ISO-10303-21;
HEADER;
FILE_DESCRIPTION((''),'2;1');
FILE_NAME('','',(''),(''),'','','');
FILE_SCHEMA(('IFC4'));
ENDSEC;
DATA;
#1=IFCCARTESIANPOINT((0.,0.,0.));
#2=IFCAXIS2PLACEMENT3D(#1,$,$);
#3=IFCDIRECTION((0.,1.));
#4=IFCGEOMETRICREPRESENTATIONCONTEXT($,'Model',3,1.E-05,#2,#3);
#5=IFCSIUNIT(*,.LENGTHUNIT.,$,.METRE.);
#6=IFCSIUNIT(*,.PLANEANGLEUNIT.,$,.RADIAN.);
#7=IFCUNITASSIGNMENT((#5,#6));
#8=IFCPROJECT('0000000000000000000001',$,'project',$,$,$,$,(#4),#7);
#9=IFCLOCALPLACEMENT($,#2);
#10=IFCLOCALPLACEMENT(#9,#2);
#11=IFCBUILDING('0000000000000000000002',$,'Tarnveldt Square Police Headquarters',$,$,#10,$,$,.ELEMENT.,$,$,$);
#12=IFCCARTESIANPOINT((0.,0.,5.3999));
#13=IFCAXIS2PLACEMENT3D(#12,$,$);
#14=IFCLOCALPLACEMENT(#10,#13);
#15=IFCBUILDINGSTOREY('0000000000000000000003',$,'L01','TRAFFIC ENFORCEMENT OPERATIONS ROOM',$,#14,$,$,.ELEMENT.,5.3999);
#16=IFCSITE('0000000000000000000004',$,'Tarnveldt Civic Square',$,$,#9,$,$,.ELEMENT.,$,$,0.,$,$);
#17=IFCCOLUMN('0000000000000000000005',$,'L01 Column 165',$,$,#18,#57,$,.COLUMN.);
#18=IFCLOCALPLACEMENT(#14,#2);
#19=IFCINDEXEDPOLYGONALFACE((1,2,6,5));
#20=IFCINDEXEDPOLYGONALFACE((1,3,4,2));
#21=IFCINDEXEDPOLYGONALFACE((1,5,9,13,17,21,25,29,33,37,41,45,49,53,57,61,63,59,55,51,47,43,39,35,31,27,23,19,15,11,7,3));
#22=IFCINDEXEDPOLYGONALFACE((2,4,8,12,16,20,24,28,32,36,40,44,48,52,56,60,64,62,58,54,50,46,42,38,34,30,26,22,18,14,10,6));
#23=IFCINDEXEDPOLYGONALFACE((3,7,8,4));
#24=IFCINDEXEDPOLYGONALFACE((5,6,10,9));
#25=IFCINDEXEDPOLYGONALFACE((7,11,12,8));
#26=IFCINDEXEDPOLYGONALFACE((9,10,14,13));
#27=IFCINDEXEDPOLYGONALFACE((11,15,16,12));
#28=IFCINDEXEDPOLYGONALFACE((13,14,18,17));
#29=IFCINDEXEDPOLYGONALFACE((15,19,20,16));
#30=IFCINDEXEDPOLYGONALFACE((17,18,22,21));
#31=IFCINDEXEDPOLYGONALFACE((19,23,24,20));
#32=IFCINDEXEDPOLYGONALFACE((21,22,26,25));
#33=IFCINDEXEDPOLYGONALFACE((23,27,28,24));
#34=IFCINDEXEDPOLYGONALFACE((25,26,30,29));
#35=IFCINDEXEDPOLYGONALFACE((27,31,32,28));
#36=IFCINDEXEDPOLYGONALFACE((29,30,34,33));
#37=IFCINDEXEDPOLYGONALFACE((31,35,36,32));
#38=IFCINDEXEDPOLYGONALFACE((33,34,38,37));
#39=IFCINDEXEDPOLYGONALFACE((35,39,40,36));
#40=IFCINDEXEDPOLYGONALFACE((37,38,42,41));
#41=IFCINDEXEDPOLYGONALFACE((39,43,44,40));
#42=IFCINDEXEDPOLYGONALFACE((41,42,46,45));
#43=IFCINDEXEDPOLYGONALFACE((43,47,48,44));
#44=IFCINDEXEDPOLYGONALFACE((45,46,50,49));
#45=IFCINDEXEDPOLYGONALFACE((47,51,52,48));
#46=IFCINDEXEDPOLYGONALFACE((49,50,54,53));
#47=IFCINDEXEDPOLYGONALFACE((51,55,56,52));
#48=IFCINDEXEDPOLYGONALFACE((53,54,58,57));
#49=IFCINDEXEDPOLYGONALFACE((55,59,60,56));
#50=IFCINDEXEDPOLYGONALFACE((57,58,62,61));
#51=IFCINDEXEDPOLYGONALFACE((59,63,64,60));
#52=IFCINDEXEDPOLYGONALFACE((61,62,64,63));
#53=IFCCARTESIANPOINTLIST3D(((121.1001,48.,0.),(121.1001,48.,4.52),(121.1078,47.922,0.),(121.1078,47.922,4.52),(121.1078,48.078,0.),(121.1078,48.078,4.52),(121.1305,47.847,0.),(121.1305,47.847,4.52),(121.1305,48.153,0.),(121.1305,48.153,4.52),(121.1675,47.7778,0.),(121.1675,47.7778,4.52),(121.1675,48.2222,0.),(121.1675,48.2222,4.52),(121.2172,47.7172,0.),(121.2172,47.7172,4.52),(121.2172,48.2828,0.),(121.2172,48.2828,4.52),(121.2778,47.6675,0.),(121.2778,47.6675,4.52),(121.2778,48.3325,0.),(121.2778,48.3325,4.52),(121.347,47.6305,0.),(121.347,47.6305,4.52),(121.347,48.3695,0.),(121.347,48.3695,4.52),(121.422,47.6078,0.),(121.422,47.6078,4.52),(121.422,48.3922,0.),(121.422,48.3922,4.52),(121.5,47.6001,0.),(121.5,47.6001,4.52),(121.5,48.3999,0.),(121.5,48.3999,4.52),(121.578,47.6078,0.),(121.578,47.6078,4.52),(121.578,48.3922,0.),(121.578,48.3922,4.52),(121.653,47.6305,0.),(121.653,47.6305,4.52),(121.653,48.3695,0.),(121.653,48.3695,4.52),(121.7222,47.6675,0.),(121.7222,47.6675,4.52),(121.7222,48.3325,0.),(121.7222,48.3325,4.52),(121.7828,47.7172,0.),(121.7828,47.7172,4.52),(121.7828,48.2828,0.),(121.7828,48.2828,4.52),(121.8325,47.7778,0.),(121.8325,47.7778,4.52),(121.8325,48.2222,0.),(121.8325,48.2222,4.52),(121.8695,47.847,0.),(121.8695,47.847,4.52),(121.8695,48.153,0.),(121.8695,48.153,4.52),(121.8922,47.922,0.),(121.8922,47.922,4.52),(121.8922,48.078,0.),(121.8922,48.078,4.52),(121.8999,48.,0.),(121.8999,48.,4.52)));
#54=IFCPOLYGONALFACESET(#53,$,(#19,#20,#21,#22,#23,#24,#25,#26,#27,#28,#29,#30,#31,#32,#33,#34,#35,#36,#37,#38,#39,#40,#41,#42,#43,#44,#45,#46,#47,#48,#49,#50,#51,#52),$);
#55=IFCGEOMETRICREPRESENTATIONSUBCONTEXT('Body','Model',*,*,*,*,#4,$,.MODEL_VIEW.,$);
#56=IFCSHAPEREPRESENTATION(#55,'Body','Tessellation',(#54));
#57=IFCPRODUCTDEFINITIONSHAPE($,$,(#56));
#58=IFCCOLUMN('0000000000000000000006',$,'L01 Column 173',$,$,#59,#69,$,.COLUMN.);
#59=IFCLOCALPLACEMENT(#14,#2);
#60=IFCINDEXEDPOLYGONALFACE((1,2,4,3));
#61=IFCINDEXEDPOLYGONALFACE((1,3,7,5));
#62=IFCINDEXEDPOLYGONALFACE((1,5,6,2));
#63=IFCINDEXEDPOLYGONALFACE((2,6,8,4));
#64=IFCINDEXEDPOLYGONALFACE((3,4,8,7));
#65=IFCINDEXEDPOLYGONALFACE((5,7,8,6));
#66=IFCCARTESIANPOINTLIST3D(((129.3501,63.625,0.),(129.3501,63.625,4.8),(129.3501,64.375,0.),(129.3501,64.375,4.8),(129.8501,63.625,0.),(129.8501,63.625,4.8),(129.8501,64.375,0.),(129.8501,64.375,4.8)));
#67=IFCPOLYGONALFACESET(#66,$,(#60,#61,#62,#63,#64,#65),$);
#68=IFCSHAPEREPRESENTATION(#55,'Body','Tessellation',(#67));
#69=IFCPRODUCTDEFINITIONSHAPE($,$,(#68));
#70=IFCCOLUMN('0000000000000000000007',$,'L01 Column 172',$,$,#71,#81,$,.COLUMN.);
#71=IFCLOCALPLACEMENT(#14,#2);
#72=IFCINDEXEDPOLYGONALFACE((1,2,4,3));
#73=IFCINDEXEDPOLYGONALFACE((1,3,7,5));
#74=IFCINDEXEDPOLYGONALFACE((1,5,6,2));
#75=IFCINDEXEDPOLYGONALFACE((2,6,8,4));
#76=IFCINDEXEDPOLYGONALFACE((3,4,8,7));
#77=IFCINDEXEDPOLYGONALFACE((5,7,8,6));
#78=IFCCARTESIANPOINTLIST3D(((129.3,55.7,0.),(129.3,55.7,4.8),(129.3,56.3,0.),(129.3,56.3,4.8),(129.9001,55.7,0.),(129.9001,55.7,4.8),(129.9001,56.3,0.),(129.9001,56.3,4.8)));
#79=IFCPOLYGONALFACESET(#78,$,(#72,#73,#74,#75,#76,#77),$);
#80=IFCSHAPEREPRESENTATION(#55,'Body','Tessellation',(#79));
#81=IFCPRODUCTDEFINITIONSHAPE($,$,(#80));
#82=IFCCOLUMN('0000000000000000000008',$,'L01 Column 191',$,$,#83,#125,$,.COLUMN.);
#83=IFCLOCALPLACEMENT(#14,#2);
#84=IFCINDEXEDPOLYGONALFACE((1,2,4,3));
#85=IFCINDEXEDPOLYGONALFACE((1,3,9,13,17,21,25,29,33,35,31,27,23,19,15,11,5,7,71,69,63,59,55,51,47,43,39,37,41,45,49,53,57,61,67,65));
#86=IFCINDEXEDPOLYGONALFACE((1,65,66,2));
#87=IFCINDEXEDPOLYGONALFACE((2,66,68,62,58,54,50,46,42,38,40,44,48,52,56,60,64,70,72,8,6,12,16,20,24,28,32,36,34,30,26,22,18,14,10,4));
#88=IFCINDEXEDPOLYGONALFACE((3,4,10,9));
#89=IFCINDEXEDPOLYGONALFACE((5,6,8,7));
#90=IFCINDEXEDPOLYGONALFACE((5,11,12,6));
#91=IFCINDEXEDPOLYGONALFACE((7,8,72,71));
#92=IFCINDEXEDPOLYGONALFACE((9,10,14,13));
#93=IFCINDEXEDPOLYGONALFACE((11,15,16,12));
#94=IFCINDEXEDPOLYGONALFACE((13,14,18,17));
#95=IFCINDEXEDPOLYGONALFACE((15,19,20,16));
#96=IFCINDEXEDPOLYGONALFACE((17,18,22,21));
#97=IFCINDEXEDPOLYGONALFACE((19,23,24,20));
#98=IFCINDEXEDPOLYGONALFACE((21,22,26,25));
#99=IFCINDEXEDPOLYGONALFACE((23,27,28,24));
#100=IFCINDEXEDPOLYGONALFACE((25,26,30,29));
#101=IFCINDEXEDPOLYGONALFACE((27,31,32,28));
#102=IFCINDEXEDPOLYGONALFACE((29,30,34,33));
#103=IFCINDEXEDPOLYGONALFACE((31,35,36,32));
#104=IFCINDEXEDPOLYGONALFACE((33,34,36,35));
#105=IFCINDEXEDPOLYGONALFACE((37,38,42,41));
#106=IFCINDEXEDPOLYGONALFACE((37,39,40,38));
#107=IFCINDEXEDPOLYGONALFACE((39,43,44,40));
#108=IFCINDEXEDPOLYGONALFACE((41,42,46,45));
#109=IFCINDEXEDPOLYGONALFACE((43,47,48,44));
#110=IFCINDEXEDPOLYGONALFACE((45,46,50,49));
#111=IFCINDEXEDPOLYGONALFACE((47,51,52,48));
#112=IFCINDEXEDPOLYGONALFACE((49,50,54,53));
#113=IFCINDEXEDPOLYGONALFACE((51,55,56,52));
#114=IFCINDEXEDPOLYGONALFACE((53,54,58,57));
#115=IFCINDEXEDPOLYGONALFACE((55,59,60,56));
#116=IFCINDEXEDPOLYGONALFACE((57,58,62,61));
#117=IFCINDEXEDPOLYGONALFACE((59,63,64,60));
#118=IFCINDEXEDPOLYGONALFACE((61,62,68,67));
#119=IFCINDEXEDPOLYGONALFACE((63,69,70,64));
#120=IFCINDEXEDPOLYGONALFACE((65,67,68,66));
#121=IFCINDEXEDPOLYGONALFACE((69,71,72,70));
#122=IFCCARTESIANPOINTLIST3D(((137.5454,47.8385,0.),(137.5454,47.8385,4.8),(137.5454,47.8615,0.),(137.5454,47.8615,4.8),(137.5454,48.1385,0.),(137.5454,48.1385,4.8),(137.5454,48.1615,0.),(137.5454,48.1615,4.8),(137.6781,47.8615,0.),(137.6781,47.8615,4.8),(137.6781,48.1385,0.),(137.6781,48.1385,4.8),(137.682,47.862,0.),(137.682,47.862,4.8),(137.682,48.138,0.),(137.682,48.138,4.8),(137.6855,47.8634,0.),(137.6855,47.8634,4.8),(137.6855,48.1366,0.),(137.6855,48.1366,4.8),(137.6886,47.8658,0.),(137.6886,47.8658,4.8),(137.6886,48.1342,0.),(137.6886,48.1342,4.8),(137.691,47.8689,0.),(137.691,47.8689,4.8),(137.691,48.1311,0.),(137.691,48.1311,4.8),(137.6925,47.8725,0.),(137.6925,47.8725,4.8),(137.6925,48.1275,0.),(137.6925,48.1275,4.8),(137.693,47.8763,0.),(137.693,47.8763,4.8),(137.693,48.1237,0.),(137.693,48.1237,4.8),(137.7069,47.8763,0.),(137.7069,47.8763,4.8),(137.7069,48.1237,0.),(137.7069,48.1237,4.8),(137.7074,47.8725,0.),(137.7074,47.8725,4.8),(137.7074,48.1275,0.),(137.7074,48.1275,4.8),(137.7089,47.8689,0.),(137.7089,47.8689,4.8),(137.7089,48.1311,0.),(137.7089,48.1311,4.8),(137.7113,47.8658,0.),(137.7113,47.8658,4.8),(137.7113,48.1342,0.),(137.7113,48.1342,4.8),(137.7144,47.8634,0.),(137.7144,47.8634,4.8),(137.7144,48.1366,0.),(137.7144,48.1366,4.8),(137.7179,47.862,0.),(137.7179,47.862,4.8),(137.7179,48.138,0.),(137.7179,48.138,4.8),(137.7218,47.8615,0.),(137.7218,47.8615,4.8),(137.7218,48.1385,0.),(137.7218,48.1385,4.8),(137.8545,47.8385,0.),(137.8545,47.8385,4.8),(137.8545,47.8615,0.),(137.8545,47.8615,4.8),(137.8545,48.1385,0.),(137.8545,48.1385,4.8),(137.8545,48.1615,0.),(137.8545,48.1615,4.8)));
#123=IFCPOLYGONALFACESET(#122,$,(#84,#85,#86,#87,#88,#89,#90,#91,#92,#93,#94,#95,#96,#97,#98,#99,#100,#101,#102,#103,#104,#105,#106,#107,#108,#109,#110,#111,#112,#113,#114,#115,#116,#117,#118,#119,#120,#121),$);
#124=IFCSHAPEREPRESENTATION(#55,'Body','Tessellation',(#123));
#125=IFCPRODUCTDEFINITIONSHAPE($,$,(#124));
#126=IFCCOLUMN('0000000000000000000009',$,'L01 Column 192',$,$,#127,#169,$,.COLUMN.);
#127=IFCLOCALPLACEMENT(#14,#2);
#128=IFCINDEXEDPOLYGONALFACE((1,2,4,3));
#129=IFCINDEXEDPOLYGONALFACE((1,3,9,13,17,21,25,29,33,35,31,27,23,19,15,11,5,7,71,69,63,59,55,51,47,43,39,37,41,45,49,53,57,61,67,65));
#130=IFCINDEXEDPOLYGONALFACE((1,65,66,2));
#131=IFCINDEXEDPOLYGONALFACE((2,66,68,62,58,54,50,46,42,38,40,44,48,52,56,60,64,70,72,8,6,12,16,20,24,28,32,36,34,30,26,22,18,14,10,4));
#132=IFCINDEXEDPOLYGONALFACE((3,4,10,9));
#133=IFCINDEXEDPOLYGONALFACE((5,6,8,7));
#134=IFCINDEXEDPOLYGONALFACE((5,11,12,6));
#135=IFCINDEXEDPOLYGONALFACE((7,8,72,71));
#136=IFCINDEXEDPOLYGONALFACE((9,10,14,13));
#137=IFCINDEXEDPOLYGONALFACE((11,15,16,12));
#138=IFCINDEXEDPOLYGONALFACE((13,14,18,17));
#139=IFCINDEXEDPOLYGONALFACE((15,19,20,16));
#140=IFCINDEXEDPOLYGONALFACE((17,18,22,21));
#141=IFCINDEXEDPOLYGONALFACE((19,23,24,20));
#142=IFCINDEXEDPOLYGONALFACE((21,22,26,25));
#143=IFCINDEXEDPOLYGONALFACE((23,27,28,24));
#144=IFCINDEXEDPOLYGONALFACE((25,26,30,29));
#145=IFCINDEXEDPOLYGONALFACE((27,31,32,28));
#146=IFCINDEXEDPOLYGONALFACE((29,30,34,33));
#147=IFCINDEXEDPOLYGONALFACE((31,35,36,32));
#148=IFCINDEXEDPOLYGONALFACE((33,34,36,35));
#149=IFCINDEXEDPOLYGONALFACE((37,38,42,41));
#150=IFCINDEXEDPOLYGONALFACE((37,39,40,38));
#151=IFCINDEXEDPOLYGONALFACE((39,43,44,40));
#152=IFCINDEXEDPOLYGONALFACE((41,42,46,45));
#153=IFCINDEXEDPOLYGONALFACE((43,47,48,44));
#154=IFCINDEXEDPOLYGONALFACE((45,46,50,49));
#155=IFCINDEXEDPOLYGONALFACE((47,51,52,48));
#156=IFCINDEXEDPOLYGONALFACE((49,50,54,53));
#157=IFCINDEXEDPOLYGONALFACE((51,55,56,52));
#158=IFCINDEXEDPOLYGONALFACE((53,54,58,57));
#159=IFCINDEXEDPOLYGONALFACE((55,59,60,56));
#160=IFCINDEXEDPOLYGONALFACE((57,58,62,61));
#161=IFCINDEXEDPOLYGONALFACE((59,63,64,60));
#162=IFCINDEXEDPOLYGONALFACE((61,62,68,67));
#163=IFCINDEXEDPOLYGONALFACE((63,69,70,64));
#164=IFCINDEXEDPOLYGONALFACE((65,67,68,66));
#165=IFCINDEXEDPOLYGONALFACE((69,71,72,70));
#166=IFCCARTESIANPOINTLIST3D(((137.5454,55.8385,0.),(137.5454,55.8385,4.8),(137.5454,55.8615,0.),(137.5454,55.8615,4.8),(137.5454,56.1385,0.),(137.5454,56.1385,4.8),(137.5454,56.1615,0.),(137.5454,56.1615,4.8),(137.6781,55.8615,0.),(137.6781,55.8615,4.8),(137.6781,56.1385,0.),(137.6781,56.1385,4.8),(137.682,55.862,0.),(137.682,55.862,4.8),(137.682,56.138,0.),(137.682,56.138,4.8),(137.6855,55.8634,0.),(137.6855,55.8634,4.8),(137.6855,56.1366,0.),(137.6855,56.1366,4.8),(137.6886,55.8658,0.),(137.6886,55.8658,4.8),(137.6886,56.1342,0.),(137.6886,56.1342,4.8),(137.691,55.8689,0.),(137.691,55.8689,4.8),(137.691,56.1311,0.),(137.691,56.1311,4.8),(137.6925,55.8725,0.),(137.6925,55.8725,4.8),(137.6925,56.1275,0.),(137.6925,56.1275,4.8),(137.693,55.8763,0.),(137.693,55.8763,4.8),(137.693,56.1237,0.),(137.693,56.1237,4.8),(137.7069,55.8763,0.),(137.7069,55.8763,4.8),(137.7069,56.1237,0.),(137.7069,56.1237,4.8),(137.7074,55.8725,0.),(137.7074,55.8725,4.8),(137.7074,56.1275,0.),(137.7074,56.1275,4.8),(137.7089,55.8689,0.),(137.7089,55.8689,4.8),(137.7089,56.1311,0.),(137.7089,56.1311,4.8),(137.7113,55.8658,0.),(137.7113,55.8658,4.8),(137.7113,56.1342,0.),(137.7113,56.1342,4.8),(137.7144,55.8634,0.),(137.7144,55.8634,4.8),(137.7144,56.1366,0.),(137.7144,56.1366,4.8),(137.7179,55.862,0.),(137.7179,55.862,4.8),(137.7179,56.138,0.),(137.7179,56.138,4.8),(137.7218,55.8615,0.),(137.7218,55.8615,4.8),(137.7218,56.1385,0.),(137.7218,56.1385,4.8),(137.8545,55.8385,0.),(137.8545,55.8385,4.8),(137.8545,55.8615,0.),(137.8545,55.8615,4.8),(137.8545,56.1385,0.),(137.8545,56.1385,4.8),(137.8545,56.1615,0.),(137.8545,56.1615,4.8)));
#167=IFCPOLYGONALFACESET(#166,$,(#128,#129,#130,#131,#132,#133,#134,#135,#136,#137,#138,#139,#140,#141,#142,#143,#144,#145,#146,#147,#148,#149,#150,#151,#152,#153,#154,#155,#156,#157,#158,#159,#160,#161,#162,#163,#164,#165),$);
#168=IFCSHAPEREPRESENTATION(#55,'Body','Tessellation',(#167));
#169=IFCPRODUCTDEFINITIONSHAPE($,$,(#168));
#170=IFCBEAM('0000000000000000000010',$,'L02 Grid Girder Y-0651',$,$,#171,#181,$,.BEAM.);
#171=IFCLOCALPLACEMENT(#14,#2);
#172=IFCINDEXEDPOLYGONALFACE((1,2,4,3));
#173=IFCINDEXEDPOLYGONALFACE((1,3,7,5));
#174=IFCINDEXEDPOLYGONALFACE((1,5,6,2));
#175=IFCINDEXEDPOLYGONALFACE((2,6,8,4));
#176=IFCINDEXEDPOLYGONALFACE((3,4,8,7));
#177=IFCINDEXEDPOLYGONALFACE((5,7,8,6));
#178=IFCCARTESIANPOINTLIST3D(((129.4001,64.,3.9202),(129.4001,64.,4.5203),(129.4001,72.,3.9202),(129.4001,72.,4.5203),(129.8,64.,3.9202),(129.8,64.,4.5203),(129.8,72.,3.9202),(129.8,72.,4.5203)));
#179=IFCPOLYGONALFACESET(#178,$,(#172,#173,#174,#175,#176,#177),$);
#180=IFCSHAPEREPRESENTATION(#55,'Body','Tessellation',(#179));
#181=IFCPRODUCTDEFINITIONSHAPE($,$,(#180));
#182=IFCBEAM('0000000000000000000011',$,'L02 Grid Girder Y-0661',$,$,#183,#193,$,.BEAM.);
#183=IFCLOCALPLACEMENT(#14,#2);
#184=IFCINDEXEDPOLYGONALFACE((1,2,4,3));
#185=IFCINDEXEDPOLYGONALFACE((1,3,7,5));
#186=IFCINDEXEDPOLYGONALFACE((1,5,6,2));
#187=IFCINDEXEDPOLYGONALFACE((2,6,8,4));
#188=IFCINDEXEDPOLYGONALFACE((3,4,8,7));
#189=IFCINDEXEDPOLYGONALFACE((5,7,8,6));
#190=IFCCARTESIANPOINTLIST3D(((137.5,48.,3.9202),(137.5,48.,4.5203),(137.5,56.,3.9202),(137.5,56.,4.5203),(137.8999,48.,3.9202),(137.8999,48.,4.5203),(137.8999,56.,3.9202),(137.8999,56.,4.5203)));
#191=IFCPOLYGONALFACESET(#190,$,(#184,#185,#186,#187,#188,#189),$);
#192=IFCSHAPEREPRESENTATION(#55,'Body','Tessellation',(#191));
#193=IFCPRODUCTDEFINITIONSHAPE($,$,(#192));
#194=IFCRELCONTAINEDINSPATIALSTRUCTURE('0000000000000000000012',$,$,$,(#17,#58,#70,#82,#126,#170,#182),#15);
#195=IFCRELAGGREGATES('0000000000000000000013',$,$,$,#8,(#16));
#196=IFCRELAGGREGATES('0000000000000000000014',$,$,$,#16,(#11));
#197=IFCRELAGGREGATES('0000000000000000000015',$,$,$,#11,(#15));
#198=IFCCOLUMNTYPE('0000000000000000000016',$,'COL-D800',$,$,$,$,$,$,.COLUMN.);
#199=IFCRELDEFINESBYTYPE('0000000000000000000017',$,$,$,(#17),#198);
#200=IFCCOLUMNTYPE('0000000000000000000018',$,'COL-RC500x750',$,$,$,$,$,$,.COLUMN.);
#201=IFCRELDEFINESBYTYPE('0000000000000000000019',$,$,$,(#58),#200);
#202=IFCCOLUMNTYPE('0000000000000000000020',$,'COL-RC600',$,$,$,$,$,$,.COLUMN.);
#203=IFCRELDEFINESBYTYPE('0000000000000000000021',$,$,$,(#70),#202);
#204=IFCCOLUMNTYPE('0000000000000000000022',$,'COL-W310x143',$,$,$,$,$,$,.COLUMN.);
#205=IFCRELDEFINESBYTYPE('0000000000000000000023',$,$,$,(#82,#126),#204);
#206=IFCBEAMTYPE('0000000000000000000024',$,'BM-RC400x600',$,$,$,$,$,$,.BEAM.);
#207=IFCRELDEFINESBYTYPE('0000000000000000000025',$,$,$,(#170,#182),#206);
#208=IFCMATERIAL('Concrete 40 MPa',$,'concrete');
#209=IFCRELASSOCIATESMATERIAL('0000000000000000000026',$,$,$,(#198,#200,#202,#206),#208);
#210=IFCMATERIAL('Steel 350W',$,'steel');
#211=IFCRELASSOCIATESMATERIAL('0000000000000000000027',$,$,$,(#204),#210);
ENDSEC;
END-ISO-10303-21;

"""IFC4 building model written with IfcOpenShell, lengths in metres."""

from ifc_helpers import new_model, si_unit, direction, frame, origin, origin_2d, place, context, subcontext, project, spatial, rectangle, circle, i_section, extrude, material, material_profile, profile_set, type_object, element, save


model = new_model("IFC4")

# Units and contexts
model_context = context("Model", 3, precision=1e-05, world=origin(), true_north=direction((0.0, 1.0)))
body_context = subcontext(model_context, "Body", "Model", "MODEL_VIEW")
ifc_project = project(units=[si_unit("LENGTHUNIT", "METRE"), si_unit("PLANEANGLEUNIT", "RADIAN")], contexts=[model_context])

# Site, building, storey
site_placement = place(None, origin())
site = spatial("IfcSite", under=ifc_project, at=site_placement, Name="Tarnveldt Civic Square", CompositionType="ELEMENT", RefElevation=0.0)
building_placement = place(site_placement, origin())
building = spatial("IfcBuilding", under=site, at=building_placement, Name="Tarnveldt Square Police Headquarters", CompositionType="ELEMENT")
storey_placement = place(building_placement, frame((0.0, 0.0, 5.3999)))
storey = spatial("IfcBuildingStorey", under=building, at=storey_placement, Name="L01", Description="TRAFFIC ENFORCEMENT OPERATIONS ROOM", CompositionType="ELEMENT", Elevation=5.3999)

# Columns
ifc_material_1 = material(Name="Concrete 40 MPa", Category="concrete")
ifc_material_profile_1 = material_profile(ifc_material_1, circle(Radius=0.3999, at=origin_2d()), Name="RC-D800")
ifc_profile_set_1 = profile_set([ifc_material_profile_1], Name="Concrete 40 MPa")
column_type_1 = type_object("IfcColumnType", Name="COL-D800", PredefinedType="COLUMN", material=ifc_profile_set_1)
column_1_placement = place(storey_placement, frame((121.5, 48.0, 0.0), z_axis=(0.0, 0.0, 1.0), x_axis=(1.0, 0.0, 0.0)))
element("IfcColumn", 1, at=column_1_placement, inside=storey, type_object=column_type_1, Name="L01 Column 165", PredefinedType="COLUMN", context=body_context, shape_type="SweptSolid", body=[
    extrude(circle(Radius=0.3999, at=origin_2d()), origin(), (0.0, 0.0, 1.0), 4.52),
])
ifc_material_profile_2 = material_profile(ifc_material_1, rectangle(XDim=0.5, YDim=0.75, at=origin_2d()), Name="RC-C500x750")
ifc_profile_set_2 = profile_set([ifc_material_profile_2], Name="Concrete 40 MPa")
column_type_2 = type_object("IfcColumnType", Name="COL-RC500x750", PredefinedType="COLUMN", material=ifc_profile_set_2)
column_2_placement = place(storey_placement, frame((129.6001, 64.0, 0.0), z_axis=(0.0, 0.0, 1.0), x_axis=(1.0, 0.0, 0.0)))
element("IfcColumn", 2, at=column_2_placement, inside=storey, type_object=column_type_2, Name="L01 Column 173", PredefinedType="COLUMN", context=body_context, shape_type="SweptSolid", body=[
    extrude(rectangle(XDim=0.5, YDim=0.75, at=origin_2d()), origin(), (0.0, 0.0, 1.0), 4.8),
])
ifc_material_profile_3 = material_profile(ifc_material_1, rectangle(XDim=0.6001, YDim=0.6001, at=origin_2d()), Name="RC-C600x600")
ifc_profile_set_3 = profile_set([ifc_material_profile_3], Name="Concrete 40 MPa")
column_type_3 = type_object("IfcColumnType", Name="COL-RC600", PredefinedType="COLUMN", material=ifc_profile_set_3)
column_3_placement = place(storey_placement, frame((129.6001, 56.0, 0.0), z_axis=(0.0, 0.0, 1.0), x_axis=(1.0, 0.0, 0.0)))
element("IfcColumn", 3, at=column_3_placement, inside=storey, type_object=column_type_3, Name="L01 Column 172", PredefinedType="COLUMN", context=body_context, shape_type="SweptSolid", body=[
    extrude(rectangle(XDim=0.6001, YDim=0.6001, at=origin_2d()), origin(), (0.0, 0.0, 1.0), 4.8),
])
ifc_material_2 = material(Name="Steel 350W", Category="steel")
ifc_material_profile_4 = material_profile(ifc_material_2, i_section(OverallWidth=0.3091, OverallDepth=0.323, WebThickness=0.0139, FlangeThickness=0.0229, FilletRadius=0.0149, at=origin_2d()), Name="W310x143")
ifc_profile_set_4 = profile_set([ifc_material_profile_4], Name="Steel 350W")
column_type_4 = type_object("IfcColumnType", Name="COL-W310x143", PredefinedType="COLUMN", material=ifc_profile_set_4)
for number, where, z_axis, x_axis, name in (
    (4, (137.7, 48.0, 0.0), (0.0, 0.0, 1.0), (1.0, 0.0, 0.0), "L01 Column 191"),
    (5, (137.7, 56.0, 0.0), (0.0, 0.0, 1.0), (1.0, 0.0, 0.0), "L01 Column 192"),
):
    element("IfcColumn", number, at=place(storey_placement, frame(where, z_axis=z_axis, x_axis=x_axis)), inside=storey, type_object=column_type_4, Name=name, PredefinedType="COLUMN", context=body_context, shape_type="SweptSolid", body=[
        extrude(i_section(OverallWidth=0.3091, OverallDepth=0.323, WebThickness=0.0139, FlangeThickness=0.0229, FilletRadius=0.0149, at=origin_2d()), origin(), (0.0, 0.0, 1.0), 4.8),
    ])

# Beams
ifc_material_profile_5 = material_profile(ifc_material_1, rectangle(XDim=0.3999, YDim=0.6001, at=origin_2d()), Name="RC-B400x600")
ifc_profile_set_5 = profile_set([ifc_material_profile_5], Name="Concrete 40 MPa")
beam_type_1 = type_object("IfcBeamType", Name="BM-RC400x600", PredefinedType="BEAM", material=ifc_profile_set_5)
for number, where, z_axis, x_axis, name in (
    (6, (129.6001, 64.0, 4.2202), (0.0, 1.0, 0.0), (-1.0, 0.0, 0.0), "L02 Grid Girder Y-0651"),
    (7, (137.7, 48.0, 4.2202), (0.0, 1.0, 0.0), (-1.0, 0.0, 0.0), "L02 Grid Girder Y-0661"),
):
    element("IfcBeam", number, at=place(storey_placement, frame(where, z_axis=z_axis, x_axis=x_axis)), inside=storey, type_object=beam_type_1, Name=name, PredefinedType="BEAM", context=body_context, shape_type="SweptSolid", body=[
        extrude(rectangle(XDim=0.3999, YDim=0.6001, at=origin_2d()), origin(), (0.0, 0.0, 1.0), 8.0),
    ])

save(model, "model.ifc")
